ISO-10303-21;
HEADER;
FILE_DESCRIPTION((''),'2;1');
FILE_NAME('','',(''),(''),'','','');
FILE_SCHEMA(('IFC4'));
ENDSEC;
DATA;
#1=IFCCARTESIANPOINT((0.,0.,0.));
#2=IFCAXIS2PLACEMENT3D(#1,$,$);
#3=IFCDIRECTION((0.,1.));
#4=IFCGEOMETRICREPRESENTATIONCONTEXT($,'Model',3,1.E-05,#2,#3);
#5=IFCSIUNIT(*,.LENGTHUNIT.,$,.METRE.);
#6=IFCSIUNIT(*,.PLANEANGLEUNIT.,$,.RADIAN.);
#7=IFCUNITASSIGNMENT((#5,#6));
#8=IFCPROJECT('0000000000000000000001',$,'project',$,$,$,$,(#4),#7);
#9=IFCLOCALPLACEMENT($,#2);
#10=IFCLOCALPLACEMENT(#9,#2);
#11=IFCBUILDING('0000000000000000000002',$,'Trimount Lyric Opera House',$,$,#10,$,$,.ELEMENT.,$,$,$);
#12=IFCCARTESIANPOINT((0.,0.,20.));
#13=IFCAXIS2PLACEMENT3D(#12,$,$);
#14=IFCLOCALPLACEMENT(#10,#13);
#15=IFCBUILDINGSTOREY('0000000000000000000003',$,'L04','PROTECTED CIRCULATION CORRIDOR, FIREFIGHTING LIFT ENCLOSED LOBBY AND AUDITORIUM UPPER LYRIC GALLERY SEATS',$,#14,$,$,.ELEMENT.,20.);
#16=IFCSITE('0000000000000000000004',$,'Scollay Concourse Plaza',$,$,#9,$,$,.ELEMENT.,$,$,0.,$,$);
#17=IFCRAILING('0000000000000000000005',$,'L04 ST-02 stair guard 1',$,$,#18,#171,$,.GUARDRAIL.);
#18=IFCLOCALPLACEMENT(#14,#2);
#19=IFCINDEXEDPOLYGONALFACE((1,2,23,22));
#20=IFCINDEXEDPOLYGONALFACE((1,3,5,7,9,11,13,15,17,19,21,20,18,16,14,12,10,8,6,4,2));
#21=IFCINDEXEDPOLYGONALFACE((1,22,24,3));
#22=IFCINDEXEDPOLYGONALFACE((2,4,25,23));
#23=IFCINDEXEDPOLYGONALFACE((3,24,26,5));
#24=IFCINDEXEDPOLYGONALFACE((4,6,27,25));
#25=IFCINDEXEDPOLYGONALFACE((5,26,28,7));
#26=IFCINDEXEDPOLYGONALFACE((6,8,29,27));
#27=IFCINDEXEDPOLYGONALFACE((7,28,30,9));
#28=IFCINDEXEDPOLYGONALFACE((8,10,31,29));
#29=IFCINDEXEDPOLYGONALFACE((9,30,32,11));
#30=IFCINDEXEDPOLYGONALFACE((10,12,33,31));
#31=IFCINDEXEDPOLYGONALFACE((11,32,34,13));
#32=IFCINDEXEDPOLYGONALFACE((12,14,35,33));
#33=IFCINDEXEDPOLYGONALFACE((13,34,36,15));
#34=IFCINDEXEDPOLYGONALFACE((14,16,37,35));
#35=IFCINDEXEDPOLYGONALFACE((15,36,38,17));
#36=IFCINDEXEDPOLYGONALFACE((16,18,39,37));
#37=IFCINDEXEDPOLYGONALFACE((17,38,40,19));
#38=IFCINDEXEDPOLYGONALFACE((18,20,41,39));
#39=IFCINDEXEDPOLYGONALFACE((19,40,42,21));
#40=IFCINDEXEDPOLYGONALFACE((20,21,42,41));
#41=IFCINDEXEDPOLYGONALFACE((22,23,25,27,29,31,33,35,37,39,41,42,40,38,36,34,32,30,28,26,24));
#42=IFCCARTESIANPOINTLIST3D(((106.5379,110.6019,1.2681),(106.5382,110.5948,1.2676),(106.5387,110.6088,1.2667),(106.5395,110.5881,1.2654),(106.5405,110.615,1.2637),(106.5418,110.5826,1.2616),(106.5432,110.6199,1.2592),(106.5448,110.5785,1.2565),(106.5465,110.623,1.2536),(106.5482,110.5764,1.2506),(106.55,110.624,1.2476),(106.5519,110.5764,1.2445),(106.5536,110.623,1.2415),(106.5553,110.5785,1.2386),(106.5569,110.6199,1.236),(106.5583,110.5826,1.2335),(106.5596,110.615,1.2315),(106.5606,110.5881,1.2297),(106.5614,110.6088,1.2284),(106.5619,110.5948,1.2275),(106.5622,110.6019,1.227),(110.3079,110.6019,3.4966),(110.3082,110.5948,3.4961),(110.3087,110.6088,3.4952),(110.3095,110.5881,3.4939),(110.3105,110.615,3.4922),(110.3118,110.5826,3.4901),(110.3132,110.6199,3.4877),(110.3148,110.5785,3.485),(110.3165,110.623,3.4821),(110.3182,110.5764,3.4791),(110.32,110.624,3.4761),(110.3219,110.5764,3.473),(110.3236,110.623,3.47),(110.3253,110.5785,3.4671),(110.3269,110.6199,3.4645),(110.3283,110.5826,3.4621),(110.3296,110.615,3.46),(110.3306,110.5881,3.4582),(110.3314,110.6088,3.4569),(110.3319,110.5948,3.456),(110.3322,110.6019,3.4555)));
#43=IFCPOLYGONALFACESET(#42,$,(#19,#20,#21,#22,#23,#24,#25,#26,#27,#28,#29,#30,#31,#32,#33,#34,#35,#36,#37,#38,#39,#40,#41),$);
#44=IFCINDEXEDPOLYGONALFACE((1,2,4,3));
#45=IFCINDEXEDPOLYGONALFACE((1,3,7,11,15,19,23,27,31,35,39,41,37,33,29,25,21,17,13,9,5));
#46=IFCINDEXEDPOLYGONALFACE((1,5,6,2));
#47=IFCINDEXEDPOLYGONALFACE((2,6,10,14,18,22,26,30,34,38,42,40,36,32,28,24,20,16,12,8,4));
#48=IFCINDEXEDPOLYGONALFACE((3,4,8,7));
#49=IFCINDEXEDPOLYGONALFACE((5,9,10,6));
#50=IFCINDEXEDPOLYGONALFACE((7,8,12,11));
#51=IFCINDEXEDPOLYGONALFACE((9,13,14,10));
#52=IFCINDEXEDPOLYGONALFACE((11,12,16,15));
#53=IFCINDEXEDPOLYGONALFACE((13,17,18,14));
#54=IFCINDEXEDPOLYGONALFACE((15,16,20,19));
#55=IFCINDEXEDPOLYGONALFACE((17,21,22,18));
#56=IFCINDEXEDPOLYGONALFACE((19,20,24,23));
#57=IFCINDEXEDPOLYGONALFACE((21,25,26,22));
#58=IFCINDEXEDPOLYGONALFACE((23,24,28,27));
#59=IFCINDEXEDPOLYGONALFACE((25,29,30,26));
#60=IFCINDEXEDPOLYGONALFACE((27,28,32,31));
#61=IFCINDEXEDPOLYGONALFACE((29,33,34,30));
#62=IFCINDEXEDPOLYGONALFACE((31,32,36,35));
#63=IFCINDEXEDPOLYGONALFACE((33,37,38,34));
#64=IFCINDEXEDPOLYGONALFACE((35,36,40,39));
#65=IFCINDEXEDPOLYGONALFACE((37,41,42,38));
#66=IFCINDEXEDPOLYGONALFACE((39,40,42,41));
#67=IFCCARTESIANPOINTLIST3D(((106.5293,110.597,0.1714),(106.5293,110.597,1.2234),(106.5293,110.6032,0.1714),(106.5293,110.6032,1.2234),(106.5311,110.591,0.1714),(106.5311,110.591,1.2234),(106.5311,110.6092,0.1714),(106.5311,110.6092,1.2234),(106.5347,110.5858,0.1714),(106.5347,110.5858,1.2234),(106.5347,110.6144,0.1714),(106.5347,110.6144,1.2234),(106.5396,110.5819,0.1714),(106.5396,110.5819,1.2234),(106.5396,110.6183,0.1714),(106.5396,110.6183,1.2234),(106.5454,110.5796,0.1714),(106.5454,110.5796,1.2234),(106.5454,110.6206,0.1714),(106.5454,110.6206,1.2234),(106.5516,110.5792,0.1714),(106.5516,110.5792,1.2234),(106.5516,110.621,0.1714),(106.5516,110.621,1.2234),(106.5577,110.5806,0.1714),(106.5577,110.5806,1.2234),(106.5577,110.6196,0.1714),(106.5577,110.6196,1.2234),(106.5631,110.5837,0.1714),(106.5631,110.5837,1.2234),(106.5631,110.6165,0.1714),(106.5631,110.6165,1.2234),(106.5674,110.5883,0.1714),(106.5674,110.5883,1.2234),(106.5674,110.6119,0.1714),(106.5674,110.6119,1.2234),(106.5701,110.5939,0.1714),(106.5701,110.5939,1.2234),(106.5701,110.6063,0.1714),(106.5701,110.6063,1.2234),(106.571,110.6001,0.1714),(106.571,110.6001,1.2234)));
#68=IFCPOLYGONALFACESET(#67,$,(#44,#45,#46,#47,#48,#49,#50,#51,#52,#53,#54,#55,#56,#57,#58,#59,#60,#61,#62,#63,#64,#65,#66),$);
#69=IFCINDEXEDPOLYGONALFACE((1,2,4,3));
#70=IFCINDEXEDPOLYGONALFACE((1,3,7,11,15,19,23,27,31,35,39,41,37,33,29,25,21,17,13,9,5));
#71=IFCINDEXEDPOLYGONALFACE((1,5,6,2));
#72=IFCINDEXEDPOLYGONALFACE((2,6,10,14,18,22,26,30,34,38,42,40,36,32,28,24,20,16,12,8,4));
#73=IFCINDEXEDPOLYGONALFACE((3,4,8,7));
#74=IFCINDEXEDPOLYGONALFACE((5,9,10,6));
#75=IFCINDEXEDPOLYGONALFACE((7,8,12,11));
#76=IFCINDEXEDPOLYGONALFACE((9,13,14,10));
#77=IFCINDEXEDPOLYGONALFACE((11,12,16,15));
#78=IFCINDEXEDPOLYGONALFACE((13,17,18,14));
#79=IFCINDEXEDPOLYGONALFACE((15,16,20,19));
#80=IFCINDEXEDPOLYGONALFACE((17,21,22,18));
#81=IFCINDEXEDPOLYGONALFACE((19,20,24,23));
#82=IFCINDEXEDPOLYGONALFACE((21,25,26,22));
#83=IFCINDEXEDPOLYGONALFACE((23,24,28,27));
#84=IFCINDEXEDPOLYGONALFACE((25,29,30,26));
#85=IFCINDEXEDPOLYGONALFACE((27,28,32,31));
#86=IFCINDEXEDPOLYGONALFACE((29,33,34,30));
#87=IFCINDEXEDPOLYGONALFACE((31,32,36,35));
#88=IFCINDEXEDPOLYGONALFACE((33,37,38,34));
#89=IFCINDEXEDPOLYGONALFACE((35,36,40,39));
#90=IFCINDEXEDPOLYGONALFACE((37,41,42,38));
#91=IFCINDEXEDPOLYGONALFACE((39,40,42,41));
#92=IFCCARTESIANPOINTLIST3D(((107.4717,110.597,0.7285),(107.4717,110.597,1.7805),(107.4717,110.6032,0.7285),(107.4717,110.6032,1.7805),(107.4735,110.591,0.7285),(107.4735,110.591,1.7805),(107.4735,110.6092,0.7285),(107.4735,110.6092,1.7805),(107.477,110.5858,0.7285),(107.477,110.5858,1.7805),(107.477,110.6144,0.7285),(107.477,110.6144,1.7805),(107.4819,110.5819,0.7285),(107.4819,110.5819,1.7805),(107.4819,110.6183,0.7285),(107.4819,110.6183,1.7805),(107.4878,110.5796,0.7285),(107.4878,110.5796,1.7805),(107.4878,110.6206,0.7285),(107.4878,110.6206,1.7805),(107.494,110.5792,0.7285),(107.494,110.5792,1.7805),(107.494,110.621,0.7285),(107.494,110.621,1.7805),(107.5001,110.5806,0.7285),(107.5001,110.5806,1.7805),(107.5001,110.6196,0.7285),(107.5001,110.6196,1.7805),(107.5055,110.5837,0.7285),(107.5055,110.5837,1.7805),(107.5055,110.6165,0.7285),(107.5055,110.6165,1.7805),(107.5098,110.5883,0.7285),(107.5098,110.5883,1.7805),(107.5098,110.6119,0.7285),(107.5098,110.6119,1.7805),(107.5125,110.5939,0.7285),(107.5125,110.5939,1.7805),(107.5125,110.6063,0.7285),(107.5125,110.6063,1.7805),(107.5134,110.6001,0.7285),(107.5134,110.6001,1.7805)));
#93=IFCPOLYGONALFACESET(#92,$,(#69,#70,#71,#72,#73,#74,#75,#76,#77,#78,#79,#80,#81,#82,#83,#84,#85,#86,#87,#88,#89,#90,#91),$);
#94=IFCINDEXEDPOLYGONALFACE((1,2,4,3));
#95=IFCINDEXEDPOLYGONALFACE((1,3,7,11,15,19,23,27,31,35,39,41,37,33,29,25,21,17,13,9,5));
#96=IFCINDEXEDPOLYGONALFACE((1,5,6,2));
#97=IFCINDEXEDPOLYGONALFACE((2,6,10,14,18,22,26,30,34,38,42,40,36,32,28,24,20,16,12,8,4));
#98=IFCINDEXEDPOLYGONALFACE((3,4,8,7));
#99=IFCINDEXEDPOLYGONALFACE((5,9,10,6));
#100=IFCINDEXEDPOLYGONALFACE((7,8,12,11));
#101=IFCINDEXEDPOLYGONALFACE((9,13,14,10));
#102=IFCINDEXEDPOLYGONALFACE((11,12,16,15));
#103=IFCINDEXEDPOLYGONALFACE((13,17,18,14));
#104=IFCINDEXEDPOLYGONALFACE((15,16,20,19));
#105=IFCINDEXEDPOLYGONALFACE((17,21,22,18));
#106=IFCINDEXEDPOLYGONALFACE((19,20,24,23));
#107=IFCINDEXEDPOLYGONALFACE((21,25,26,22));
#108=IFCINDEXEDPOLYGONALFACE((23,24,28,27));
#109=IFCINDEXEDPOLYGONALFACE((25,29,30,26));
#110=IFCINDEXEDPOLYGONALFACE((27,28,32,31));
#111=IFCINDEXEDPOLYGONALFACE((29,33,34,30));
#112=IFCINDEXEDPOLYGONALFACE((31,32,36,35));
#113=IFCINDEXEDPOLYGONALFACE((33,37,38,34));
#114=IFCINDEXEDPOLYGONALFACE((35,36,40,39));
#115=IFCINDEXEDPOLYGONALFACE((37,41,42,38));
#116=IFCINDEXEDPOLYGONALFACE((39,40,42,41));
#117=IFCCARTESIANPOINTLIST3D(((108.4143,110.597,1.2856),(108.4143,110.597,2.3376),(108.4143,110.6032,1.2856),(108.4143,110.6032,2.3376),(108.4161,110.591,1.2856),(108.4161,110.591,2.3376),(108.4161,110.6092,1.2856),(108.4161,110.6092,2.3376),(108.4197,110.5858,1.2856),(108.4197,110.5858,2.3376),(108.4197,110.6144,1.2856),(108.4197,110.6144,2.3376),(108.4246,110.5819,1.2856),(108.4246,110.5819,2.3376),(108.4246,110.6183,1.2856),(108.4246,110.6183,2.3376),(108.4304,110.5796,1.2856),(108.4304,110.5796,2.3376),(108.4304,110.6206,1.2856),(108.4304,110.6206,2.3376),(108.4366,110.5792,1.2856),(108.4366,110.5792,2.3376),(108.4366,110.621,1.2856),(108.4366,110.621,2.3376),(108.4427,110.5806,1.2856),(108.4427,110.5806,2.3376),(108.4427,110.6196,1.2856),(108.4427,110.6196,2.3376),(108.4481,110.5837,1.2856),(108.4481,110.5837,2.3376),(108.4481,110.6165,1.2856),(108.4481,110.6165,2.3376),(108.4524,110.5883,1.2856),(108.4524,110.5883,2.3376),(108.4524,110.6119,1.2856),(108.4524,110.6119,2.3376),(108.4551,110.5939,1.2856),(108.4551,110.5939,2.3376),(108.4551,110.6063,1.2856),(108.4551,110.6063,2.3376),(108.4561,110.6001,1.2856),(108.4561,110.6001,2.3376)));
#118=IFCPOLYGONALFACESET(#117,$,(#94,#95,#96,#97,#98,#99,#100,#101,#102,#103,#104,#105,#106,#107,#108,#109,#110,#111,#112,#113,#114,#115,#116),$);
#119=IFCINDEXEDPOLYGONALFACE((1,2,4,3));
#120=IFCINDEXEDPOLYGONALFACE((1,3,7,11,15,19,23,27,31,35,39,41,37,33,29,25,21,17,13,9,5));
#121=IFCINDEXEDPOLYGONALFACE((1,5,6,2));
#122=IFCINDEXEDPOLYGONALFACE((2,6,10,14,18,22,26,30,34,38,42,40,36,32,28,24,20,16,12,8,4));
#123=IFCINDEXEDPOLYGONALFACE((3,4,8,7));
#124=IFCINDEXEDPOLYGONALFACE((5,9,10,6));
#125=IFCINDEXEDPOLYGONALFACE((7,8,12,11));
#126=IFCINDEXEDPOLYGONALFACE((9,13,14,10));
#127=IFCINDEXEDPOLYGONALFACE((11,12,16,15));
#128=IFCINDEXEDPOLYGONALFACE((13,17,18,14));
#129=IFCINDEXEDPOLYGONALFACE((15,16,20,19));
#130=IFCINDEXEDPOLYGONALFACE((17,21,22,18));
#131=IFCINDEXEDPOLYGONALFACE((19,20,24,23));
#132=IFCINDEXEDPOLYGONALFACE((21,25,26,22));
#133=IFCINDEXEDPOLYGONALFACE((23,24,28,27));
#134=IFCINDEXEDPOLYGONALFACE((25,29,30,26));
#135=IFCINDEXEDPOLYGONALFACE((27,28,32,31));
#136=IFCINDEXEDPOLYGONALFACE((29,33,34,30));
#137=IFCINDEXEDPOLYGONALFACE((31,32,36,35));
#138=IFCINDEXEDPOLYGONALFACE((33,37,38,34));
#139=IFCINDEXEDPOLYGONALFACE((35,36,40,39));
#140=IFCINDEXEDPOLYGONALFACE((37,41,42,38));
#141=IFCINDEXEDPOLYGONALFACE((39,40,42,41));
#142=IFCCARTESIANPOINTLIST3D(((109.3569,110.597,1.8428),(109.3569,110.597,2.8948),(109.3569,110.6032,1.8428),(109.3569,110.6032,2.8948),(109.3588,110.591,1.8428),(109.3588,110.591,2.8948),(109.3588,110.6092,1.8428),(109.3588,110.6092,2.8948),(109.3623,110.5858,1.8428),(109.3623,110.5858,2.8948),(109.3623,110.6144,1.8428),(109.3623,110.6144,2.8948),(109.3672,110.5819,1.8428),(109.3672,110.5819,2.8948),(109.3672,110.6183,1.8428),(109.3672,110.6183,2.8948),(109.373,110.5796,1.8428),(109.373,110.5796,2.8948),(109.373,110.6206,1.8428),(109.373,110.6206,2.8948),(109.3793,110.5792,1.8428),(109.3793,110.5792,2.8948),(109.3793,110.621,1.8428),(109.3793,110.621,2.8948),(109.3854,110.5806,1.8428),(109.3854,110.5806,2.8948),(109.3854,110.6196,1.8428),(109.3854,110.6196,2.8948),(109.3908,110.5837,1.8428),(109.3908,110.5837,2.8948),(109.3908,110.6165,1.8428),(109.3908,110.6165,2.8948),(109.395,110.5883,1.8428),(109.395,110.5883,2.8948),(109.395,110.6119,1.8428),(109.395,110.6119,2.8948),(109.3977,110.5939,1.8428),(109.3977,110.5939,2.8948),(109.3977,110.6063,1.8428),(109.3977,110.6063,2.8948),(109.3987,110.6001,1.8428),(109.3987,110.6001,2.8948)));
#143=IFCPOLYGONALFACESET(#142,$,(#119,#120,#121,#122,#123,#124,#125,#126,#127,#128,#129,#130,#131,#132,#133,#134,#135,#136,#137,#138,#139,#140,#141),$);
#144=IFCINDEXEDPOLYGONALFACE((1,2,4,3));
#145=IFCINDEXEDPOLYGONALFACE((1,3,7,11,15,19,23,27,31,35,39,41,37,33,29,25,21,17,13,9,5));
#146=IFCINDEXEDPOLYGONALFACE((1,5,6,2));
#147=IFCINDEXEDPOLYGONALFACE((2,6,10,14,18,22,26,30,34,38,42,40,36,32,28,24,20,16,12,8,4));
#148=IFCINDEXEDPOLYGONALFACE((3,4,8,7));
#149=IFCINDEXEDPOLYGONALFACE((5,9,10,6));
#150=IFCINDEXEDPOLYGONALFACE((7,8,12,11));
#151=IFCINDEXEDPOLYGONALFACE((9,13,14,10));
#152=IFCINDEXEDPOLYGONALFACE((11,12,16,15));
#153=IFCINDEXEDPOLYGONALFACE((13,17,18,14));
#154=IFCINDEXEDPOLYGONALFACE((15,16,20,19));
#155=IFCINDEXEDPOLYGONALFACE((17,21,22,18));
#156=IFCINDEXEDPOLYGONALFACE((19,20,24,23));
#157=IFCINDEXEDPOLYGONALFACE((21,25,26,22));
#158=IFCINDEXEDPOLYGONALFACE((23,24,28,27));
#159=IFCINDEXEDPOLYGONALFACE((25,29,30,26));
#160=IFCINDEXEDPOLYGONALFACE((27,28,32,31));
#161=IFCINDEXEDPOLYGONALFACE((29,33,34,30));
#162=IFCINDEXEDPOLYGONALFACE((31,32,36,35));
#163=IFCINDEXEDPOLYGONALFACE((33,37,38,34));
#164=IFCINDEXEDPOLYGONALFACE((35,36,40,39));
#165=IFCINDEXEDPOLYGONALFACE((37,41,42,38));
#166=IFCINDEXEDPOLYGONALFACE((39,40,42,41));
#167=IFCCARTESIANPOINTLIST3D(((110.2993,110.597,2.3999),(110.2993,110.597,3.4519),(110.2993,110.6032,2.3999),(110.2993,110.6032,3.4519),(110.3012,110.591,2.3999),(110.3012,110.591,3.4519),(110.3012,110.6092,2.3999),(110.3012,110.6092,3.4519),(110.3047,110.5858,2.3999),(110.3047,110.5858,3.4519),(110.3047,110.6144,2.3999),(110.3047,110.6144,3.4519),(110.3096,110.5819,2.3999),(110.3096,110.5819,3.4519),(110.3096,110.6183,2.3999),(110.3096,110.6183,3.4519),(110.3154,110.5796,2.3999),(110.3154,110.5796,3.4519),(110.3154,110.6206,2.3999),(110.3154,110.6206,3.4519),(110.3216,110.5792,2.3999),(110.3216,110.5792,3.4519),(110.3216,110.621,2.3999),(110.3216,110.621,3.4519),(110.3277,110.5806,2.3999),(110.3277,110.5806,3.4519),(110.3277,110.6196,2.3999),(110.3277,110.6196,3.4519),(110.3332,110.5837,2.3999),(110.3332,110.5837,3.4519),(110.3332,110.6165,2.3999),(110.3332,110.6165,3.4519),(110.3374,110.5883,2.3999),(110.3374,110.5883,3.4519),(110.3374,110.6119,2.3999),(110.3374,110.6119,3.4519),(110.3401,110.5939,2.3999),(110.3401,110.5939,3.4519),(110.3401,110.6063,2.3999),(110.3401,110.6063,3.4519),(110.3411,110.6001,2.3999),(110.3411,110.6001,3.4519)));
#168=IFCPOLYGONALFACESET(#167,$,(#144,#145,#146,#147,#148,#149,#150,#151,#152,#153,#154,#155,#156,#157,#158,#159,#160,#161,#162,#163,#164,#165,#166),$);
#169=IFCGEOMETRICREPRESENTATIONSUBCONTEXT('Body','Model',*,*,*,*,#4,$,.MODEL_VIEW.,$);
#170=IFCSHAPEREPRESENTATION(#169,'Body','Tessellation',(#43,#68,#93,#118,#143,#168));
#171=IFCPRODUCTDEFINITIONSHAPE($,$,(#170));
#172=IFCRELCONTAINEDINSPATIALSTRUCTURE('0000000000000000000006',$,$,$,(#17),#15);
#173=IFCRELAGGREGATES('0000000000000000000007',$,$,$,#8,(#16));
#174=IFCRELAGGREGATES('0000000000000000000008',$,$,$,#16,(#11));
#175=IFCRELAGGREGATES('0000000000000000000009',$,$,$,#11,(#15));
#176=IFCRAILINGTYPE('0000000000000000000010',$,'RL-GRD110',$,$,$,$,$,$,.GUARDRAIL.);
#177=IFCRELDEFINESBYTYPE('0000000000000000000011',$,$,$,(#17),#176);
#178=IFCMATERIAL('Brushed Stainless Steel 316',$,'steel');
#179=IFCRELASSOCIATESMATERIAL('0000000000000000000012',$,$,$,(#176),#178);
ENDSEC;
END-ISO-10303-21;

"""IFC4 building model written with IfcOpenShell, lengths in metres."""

from ifc_helpers import new_model, si_unit, direction, frame, origin, origin_2d, place, context, subcontext, project, spatial, circle, extrude, material, type_object, element, save


model = new_model("IFC4")

# Units and contexts
model_context = context("Model", 3, precision=1e-05, world=origin(), true_north=direction((0.0, 1.0)))
body_context = subcontext(model_context, "Body", "Model", "MODEL_VIEW")
ifc_project = project(units=[si_unit("LENGTHUNIT", "METRE"), si_unit("PLANEANGLEUNIT", "RADIAN")], contexts=[model_context])

# Site, building, storey
site_placement = place(None, origin())
site = spatial("IfcSite", under=ifc_project, at=site_placement, Name="Scollay Concourse Plaza", CompositionType="ELEMENT", RefElevation=0.0)
building_placement = place(site_placement, origin())
building = spatial("IfcBuilding", under=site, at=building_placement, Name="Trimount Lyric Opera House", CompositionType="ELEMENT")
storey_placement = place(building_placement, frame((0.0, 0.0, 20.0)))
storey = spatial("IfcBuildingStorey", under=building, at=storey_placement, Name="L04", Description="PROTECTED CIRCULATION CORRIDOR, FIREFIGHTING LIFT ENCLOSED LOBBY AND AUDITORIUM UPPER LYRIC GALLERY SEATS", CompositionType="ELEMENT", Elevation=20.0)

# Railing
ifc_material_1 = material(Name="Brushed Stainless Steel 316", Category="steel")
railing_type_1 = type_object("IfcRailingType", Name="RL-GRD110", PredefinedType="GUARDRAIL", material=ifc_material_1)
railing_1_placement = place(storey_placement, frame((106.55, 110.6001, 0.1714)))
element("IfcRailing", 1, at=railing_1_placement, inside=storey, type_object=railing_type_1, Name="L04 ST-02 stair guard 1", PredefinedType="GUARDRAIL", context=body_context, shape_type="SweptSolid", body=[
    extrude(circle(Radius=0.0239, at=origin_2d()), frame((0.0, 0.0, 1.0762), z_axis=(0.860849, 0.0, 0.508861), x_axis=(0.0, 1.0, 0.0)), (0.0, 0.0, 1.0), 4.3794),
    extrude(circle(Radius=0.021, at=origin_2d()), origin(), (0.0, 0.0, 1.0), 1.052),
    extrude(circle(Radius=0.021, at=origin_2d()), frame((0.9424, 0.0, 0.5571)), (0.0, 0.0, 1.0), 1.052),
    extrude(circle(Radius=0.021, at=origin_2d()), frame((1.885, 0.0, 1.1143)), (0.0, 0.0, 1.0), 1.052),
    extrude(circle(Radius=0.021, at=origin_2d()), frame((2.8276, 0.0, 1.6714)), (0.0, 0.0, 1.0), 1.052),
    extrude(circle(Radius=0.021, at=origin_2d()), frame((3.77, 0.0, 2.2285)), (0.0, 0.0, 1.0), 1.052),
])

save(model, "model.ifc")
